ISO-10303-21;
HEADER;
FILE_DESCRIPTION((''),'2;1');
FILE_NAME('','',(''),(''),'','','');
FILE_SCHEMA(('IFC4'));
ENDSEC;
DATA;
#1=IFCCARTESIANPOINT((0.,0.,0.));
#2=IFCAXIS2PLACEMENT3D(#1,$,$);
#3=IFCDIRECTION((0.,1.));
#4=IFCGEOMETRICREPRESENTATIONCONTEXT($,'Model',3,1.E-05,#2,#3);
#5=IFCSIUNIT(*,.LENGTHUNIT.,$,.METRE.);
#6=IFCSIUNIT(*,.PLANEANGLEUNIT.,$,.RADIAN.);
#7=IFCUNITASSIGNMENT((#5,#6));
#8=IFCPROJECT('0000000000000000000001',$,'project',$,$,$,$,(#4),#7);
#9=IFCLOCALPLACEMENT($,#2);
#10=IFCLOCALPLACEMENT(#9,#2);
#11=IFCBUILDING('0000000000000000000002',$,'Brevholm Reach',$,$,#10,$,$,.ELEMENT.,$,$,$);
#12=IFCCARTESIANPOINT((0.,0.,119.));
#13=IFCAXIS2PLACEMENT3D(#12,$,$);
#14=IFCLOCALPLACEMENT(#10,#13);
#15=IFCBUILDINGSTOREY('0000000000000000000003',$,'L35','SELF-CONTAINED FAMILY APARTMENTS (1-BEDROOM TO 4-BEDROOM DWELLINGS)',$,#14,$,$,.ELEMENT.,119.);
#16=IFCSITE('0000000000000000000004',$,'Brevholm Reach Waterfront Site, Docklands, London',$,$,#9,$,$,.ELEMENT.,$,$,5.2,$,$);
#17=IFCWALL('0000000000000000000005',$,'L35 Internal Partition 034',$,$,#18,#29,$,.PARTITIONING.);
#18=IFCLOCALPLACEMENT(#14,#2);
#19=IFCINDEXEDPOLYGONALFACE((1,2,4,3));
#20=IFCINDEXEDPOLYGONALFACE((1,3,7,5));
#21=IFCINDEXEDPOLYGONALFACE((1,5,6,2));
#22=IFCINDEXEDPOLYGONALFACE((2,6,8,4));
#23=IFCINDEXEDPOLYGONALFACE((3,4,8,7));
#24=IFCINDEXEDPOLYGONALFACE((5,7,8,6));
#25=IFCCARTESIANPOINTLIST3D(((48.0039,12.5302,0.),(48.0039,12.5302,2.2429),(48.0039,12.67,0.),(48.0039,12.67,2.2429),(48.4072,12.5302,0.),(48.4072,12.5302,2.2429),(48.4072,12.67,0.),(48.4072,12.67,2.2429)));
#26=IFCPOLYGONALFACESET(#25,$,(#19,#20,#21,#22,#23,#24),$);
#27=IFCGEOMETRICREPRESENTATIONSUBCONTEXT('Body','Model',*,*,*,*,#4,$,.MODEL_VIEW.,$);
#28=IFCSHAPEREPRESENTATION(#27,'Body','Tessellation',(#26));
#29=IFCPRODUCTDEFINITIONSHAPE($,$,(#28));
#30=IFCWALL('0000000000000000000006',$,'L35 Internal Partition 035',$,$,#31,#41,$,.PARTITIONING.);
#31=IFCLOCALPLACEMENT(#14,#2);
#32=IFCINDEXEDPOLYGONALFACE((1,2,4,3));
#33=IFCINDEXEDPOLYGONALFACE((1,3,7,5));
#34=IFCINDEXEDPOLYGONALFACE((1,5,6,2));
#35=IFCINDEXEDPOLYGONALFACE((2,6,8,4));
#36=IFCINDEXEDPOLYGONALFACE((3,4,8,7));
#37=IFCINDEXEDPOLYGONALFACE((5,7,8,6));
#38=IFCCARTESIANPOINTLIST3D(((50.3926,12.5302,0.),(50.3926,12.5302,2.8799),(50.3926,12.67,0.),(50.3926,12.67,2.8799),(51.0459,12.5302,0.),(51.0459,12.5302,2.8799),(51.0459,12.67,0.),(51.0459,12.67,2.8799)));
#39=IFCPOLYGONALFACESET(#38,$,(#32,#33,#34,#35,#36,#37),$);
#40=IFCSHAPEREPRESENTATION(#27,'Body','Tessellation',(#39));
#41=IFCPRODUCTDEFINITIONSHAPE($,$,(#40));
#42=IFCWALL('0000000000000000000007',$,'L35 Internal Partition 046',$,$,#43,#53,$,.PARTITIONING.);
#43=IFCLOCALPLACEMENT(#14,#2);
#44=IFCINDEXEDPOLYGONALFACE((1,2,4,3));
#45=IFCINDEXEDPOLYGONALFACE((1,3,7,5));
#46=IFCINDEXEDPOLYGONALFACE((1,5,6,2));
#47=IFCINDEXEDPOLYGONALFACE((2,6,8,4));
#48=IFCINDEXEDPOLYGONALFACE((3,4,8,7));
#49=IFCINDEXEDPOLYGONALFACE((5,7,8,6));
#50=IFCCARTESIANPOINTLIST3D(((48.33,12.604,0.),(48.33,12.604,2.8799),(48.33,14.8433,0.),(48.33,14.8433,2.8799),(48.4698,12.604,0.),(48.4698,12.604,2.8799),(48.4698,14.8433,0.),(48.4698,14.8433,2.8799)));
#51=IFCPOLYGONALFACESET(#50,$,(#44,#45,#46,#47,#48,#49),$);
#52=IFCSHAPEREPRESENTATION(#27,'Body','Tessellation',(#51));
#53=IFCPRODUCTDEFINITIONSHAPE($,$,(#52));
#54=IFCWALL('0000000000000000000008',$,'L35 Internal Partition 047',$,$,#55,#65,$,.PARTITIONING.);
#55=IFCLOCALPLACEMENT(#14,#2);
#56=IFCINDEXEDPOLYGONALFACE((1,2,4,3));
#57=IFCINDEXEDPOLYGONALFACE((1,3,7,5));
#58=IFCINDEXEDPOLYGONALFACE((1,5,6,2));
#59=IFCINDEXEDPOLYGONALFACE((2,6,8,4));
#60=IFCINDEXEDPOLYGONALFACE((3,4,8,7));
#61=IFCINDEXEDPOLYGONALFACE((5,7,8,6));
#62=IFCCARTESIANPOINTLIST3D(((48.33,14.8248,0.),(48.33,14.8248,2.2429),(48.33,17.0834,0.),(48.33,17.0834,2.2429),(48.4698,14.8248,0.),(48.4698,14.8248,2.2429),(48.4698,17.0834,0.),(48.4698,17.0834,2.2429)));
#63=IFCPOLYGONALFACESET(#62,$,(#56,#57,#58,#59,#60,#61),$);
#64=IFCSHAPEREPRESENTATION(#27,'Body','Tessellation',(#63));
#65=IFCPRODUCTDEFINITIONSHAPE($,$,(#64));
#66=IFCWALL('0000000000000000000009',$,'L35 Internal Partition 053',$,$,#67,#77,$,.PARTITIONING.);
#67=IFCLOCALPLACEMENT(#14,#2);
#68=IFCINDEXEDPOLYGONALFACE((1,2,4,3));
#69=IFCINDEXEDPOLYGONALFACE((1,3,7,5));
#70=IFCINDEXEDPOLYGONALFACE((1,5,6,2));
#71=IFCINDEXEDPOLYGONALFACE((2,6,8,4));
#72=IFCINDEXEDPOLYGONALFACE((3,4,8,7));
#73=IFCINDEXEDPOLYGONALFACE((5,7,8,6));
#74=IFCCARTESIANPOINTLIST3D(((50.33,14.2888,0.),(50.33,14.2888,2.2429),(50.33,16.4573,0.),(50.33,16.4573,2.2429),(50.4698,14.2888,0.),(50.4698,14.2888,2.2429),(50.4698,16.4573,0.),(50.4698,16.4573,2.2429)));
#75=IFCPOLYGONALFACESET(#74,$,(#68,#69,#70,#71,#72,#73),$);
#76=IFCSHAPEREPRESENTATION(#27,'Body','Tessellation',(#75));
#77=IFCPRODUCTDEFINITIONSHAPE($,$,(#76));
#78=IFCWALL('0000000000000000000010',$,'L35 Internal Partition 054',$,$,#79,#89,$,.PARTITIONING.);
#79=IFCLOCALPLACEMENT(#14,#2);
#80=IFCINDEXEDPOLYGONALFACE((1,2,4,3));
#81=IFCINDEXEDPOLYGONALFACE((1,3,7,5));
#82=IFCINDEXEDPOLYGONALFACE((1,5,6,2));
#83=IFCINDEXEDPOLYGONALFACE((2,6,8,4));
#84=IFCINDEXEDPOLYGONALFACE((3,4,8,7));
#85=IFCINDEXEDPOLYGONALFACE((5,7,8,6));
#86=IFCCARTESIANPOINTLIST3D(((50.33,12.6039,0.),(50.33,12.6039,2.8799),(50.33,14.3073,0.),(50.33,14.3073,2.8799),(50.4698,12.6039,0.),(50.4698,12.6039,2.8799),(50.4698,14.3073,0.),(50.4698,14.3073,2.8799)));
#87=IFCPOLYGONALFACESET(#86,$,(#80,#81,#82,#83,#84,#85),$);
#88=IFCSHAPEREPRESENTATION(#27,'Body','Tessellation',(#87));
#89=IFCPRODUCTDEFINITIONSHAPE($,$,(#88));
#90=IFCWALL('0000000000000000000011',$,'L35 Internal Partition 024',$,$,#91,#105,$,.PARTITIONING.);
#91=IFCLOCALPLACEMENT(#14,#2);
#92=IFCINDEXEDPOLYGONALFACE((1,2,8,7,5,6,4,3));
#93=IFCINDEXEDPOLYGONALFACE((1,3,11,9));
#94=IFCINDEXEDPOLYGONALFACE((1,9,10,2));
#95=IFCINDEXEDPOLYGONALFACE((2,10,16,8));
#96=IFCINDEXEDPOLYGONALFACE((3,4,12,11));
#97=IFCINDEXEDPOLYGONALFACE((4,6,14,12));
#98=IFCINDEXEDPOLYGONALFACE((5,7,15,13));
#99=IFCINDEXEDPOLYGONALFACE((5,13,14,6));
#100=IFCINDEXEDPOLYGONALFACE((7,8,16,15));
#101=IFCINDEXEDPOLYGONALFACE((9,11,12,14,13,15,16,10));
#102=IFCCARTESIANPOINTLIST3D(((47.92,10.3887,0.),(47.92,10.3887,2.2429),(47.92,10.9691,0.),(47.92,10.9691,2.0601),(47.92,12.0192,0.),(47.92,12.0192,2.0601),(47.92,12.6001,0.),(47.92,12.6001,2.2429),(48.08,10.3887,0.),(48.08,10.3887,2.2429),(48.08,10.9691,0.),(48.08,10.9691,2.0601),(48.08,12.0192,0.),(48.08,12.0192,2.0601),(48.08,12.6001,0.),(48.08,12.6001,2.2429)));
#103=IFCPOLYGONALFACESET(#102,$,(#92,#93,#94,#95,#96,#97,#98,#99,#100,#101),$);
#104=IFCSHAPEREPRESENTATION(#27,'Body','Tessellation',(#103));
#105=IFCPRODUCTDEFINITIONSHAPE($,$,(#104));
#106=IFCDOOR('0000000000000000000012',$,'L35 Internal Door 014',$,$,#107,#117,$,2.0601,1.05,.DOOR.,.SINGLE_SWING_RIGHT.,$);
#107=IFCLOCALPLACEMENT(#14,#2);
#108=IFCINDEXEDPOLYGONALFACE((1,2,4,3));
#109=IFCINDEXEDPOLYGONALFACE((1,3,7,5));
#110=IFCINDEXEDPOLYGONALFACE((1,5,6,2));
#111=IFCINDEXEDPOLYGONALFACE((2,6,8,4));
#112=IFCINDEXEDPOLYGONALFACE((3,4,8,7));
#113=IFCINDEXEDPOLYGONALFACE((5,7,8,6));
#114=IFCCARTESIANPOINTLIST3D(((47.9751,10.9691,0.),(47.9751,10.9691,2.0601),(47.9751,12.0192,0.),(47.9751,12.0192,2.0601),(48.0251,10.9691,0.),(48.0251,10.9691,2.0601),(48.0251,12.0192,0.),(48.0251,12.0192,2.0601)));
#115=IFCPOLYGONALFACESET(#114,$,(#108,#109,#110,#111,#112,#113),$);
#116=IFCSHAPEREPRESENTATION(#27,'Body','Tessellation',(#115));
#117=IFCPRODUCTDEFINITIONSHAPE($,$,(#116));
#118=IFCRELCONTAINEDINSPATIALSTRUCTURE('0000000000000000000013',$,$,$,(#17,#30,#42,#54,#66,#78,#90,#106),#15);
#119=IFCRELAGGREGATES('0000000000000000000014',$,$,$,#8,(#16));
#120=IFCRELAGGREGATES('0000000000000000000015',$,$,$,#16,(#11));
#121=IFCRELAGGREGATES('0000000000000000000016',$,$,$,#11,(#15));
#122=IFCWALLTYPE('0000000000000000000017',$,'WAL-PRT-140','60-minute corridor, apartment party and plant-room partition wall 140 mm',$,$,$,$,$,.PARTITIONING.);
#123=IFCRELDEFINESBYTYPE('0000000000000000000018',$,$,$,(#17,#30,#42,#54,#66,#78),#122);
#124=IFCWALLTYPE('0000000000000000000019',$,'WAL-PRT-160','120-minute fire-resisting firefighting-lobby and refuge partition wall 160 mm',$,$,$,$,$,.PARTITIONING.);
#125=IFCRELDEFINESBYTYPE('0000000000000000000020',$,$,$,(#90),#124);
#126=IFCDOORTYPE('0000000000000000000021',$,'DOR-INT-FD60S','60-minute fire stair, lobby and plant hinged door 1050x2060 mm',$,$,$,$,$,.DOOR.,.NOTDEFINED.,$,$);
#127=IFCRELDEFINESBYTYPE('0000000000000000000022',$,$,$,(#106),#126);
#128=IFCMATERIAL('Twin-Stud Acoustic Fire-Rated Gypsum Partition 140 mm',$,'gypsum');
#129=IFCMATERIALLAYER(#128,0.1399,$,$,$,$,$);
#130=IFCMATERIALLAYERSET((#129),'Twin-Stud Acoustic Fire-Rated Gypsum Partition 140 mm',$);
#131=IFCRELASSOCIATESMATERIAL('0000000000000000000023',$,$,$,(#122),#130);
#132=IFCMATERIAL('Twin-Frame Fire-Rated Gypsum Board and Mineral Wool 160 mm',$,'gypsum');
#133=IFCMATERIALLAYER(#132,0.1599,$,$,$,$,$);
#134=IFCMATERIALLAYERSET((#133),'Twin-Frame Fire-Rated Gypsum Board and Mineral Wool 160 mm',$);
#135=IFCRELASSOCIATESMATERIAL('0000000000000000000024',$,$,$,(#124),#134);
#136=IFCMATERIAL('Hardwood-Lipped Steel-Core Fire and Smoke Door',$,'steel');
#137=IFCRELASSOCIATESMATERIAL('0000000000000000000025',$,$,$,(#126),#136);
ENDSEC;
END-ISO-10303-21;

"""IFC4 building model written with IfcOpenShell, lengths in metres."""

from ifc_helpers import new_model, si_unit, direction, frame, frame_2d, origin, place, context, subcontext, project, spatial, rectangle, extrude, material, layer, layer_set, type_object, element, fill, save


model = new_model("IFC4")

# Units and contexts
model_context = context("Model", 3, precision=1e-05, world=origin(), true_north=direction((0.0, 1.0)))
body_context = subcontext(model_context, "Body", "Model", "MODEL_VIEW")
ifc_project = project(units=[si_unit("LENGTHUNIT", "METRE"), si_unit("PLANEANGLEUNIT", "RADIAN")], contexts=[model_context])

# Site, building, storey
site_placement = place(None, origin())
site = spatial("IfcSite", under=ifc_project, at=site_placement, Name="Brevholm Reach Waterfront Site, Docklands, London", CompositionType="ELEMENT", RefElevation=5.2)
building_placement = place(site_placement, origin())
building = spatial("IfcBuilding", under=site, at=building_placement, Name="Brevholm Reach", CompositionType="ELEMENT")
storey_placement = place(building_placement, frame((0.0, 0.0, 119.0)))
storey = spatial("IfcBuildingStorey", under=building, at=storey_placement, Name="L35", Description="SELF-CONTAINED FAMILY APARTMENTS (1-BEDROOM TO 4-BEDROOM DWELLINGS)", CompositionType="ELEMENT", Elevation=119.0)

# Shared definitions
ifc_material_1 = material(Name="Twin-Stud Acoustic Fire-Rated Gypsum Partition 140 mm", Category="gypsum")
ifc_layer_1 = layer(ifc_material_1, 0.1399)
ifc_layer_set_1 = layer_set([ifc_layer_1], Name="Twin-Stud Acoustic Fire-Rated Gypsum Partition 140 mm")
wall_type_1 = type_object("IfcWallType", Name="WAL-PRT-140", Description="60-minute corridor, apartment party and plant-room partition wall 140 mm", PredefinedType="PARTITIONING", material=ifc_layer_set_1)

# Walls
wall_1_placement = place(storey_placement, frame((48.0039, 12.6001, 0.0), z_axis=(0.0, 0.0, 1.0), x_axis=(1.0, 0.0, 0.0)))
element("IfcWall", 1, at=wall_1_placement, inside=storey, type_object=wall_type_1, Name="L35 Internal Partition 034", PredefinedType="PARTITIONING", context=body_context, shape_type="SweptSolid", body=[
    extrude(rectangle(XDim=0.4033, YDim=0.1399, at=frame_2d((0.2017, 0.0))), origin(), (0.0, 0.0, 1.0), 2.2429),
])
wall_2_placement = place(storey_placement, frame((50.3926, 12.6001, 0.0), z_axis=(0.0, 0.0, 1.0), x_axis=(1.0, 0.0, 0.0)))
element("IfcWall", 2, at=wall_2_placement, inside=storey, type_object=wall_type_1, Name="L35 Internal Partition 035", PredefinedType="PARTITIONING", context=body_context, shape_type="SweptSolid", body=[
    extrude(rectangle(XDim=0.6533, YDim=0.1399, at=frame_2d((0.3267, 0.0))), origin(), (0.0, 0.0, 1.0), 2.8799),
])
wall_3_placement = place(storey_placement, frame((48.3999, 12.604, 0.0), z_axis=(0.0, 0.0, 1.0), x_axis=(0.0, 1.0, 0.0)))
element("IfcWall", 3, at=wall_3_placement, inside=storey, type_object=wall_type_1, Name="L35 Internal Partition 046", PredefinedType="PARTITIONING", context=body_context, shape_type="SweptSolid", body=[
    extrude(rectangle(XDim=2.2393, YDim=0.1399, at=frame_2d((1.1196, 0.0))), origin(), (0.0, 0.0, 1.0), 2.8799),
])
wall_4_placement = place(storey_placement, frame((48.3999, 14.8247, 0.0), z_axis=(0.0, 0.0, 1.0), x_axis=(0.0, 1.0, 0.0)))
element("IfcWall", 4, at=wall_4_placement, inside=storey, type_object=wall_type_1, Name="L35 Internal Partition 047", PredefinedType="PARTITIONING", context=body_context, shape_type="SweptSolid", body=[
    extrude(rectangle(XDim=2.2585, YDim=0.1399, at=frame_2d((1.1294, 0.0))), origin(), (0.0, 0.0, 1.0), 2.2429),
])
wall_5_placement = place(storey_placement, frame((50.3999, 14.2888, 0.0), z_axis=(0.0, 0.0, 1.0), x_axis=(0.0, 1.0, 0.0)))
element("IfcWall", 5, at=wall_5_placement, inside=storey, type_object=wall_type_1, Name="L35 Internal Partition 053", PredefinedType="PARTITIONING", context=body_context, shape_type="SweptSolid", body=[
    extrude(rectangle(XDim=2.1685, YDim=0.1399, at=frame_2d((1.0842, 0.0))), origin(), (0.0, 0.0, 1.0), 2.2429),
])
wall_6_placement = place(storey_placement, frame((50.3999, 12.604, 0.0), z_axis=(0.0, 0.0, 1.0), x_axis=(0.0, 1.0, 0.0)))
element("IfcWall", 6, at=wall_6_placement, inside=storey, type_object=wall_type_1, Name="L35 Internal Partition 054", PredefinedType="PARTITIONING", context=body_context, shape_type="SweptSolid", body=[
    extrude(rectangle(XDim=1.7034, YDim=0.1399, at=frame_2d((0.8516, 0.0))), origin(), (0.0, 0.0, 1.0), 2.8799),
])

# Wall, opening, door
ifc_material_2 = material(Name="Twin-Frame Fire-Rated Gypsum Board and Mineral Wool 160 mm", Category="gypsum")
ifc_layer_2 = layer(ifc_material_2, 0.1599)
ifc_layer_set_2 = layer_set([ifc_layer_2], Name="Twin-Frame Fire-Rated Gypsum Board and Mineral Wool 160 mm")
wall_type_2 = type_object("IfcWallType", Name="WAL-PRT-160", Description="120-minute fire-resisting firefighting-lobby and refuge partition wall 160 mm", PredefinedType="PARTITIONING", material=ifc_layer_set_2)
wall_7_placement = place(storey_placement, frame((48.0, 10.3887, 0.0), z_axis=(0.0, 0.0, 1.0), x_axis=(0.0, 1.0, 0.0)))
wall_7 = element("IfcWall", 7, at=wall_7_placement, inside=storey, type_object=wall_type_2, Name="L35 Internal Partition 024", PredefinedType="PARTITIONING", context=body_context, shape_type="SweptSolid", body=[
    extrude(rectangle(XDim=2.2114, YDim=0.1599, at=frame_2d((1.1057, 0.0))), origin(), (0.0, 0.0, 1.0), 2.2429),
])
opening_1_placement = place(wall_7_placement, frame((0.5806, 0.0, 0.0)))
opening_1 = element("IfcOpeningElement", 8, at=opening_1_placement, cuts=wall_7, PredefinedType="OPENING", context=body_context, shape_type="SweptSolid", body=[
    extrude(rectangle(XDim=1.05, YDim=2.0601, at=frame_2d((0.5249, 1.03))), frame((0.0, 0.0898, 0.0), z_axis=(0.0, -1.0, 0.0), x_axis=(1.0, 0.0, 0.0)), (0.0, 0.0, 1.0), 0.1799),
])
ifc_material_3 = material(Name="Hardwood-Lipped Steel-Core Fire and Smoke Door", Category="steel")
door_type_1 = type_object("IfcDoorType", Name="DOR-INT-FD60S", Description="60-minute fire stair, lobby and plant hinged door 1050x2060 mm", OperationType="NOTDEFINED", PredefinedType="DOOR", material=ifc_material_3)
door_1_placement = place(opening_1_placement, origin())
door_1 = element("IfcDoor", 9, at=door_1_placement, inside=storey, type_object=door_type_1, Name="L35 Internal Door 014", OperationType="SINGLE_SWING_RIGHT", OverallHeight=2.0601, OverallWidth=1.05, PredefinedType="DOOR", context=body_context, shape_type="SweptSolid", body=[
    extrude(rectangle(XDim=1.05, YDim=2.0601, at=frame_2d((0.5249, 1.03))), frame((0.0, 0.0249, 0.0), z_axis=(0.0, -1.0, 0.0), x_axis=(1.0, 0.0, 0.0)), (0.0, 0.0, 1.0), 0.05),
])
fill(opening_1, door_1)

save(model, "model.ifc")
